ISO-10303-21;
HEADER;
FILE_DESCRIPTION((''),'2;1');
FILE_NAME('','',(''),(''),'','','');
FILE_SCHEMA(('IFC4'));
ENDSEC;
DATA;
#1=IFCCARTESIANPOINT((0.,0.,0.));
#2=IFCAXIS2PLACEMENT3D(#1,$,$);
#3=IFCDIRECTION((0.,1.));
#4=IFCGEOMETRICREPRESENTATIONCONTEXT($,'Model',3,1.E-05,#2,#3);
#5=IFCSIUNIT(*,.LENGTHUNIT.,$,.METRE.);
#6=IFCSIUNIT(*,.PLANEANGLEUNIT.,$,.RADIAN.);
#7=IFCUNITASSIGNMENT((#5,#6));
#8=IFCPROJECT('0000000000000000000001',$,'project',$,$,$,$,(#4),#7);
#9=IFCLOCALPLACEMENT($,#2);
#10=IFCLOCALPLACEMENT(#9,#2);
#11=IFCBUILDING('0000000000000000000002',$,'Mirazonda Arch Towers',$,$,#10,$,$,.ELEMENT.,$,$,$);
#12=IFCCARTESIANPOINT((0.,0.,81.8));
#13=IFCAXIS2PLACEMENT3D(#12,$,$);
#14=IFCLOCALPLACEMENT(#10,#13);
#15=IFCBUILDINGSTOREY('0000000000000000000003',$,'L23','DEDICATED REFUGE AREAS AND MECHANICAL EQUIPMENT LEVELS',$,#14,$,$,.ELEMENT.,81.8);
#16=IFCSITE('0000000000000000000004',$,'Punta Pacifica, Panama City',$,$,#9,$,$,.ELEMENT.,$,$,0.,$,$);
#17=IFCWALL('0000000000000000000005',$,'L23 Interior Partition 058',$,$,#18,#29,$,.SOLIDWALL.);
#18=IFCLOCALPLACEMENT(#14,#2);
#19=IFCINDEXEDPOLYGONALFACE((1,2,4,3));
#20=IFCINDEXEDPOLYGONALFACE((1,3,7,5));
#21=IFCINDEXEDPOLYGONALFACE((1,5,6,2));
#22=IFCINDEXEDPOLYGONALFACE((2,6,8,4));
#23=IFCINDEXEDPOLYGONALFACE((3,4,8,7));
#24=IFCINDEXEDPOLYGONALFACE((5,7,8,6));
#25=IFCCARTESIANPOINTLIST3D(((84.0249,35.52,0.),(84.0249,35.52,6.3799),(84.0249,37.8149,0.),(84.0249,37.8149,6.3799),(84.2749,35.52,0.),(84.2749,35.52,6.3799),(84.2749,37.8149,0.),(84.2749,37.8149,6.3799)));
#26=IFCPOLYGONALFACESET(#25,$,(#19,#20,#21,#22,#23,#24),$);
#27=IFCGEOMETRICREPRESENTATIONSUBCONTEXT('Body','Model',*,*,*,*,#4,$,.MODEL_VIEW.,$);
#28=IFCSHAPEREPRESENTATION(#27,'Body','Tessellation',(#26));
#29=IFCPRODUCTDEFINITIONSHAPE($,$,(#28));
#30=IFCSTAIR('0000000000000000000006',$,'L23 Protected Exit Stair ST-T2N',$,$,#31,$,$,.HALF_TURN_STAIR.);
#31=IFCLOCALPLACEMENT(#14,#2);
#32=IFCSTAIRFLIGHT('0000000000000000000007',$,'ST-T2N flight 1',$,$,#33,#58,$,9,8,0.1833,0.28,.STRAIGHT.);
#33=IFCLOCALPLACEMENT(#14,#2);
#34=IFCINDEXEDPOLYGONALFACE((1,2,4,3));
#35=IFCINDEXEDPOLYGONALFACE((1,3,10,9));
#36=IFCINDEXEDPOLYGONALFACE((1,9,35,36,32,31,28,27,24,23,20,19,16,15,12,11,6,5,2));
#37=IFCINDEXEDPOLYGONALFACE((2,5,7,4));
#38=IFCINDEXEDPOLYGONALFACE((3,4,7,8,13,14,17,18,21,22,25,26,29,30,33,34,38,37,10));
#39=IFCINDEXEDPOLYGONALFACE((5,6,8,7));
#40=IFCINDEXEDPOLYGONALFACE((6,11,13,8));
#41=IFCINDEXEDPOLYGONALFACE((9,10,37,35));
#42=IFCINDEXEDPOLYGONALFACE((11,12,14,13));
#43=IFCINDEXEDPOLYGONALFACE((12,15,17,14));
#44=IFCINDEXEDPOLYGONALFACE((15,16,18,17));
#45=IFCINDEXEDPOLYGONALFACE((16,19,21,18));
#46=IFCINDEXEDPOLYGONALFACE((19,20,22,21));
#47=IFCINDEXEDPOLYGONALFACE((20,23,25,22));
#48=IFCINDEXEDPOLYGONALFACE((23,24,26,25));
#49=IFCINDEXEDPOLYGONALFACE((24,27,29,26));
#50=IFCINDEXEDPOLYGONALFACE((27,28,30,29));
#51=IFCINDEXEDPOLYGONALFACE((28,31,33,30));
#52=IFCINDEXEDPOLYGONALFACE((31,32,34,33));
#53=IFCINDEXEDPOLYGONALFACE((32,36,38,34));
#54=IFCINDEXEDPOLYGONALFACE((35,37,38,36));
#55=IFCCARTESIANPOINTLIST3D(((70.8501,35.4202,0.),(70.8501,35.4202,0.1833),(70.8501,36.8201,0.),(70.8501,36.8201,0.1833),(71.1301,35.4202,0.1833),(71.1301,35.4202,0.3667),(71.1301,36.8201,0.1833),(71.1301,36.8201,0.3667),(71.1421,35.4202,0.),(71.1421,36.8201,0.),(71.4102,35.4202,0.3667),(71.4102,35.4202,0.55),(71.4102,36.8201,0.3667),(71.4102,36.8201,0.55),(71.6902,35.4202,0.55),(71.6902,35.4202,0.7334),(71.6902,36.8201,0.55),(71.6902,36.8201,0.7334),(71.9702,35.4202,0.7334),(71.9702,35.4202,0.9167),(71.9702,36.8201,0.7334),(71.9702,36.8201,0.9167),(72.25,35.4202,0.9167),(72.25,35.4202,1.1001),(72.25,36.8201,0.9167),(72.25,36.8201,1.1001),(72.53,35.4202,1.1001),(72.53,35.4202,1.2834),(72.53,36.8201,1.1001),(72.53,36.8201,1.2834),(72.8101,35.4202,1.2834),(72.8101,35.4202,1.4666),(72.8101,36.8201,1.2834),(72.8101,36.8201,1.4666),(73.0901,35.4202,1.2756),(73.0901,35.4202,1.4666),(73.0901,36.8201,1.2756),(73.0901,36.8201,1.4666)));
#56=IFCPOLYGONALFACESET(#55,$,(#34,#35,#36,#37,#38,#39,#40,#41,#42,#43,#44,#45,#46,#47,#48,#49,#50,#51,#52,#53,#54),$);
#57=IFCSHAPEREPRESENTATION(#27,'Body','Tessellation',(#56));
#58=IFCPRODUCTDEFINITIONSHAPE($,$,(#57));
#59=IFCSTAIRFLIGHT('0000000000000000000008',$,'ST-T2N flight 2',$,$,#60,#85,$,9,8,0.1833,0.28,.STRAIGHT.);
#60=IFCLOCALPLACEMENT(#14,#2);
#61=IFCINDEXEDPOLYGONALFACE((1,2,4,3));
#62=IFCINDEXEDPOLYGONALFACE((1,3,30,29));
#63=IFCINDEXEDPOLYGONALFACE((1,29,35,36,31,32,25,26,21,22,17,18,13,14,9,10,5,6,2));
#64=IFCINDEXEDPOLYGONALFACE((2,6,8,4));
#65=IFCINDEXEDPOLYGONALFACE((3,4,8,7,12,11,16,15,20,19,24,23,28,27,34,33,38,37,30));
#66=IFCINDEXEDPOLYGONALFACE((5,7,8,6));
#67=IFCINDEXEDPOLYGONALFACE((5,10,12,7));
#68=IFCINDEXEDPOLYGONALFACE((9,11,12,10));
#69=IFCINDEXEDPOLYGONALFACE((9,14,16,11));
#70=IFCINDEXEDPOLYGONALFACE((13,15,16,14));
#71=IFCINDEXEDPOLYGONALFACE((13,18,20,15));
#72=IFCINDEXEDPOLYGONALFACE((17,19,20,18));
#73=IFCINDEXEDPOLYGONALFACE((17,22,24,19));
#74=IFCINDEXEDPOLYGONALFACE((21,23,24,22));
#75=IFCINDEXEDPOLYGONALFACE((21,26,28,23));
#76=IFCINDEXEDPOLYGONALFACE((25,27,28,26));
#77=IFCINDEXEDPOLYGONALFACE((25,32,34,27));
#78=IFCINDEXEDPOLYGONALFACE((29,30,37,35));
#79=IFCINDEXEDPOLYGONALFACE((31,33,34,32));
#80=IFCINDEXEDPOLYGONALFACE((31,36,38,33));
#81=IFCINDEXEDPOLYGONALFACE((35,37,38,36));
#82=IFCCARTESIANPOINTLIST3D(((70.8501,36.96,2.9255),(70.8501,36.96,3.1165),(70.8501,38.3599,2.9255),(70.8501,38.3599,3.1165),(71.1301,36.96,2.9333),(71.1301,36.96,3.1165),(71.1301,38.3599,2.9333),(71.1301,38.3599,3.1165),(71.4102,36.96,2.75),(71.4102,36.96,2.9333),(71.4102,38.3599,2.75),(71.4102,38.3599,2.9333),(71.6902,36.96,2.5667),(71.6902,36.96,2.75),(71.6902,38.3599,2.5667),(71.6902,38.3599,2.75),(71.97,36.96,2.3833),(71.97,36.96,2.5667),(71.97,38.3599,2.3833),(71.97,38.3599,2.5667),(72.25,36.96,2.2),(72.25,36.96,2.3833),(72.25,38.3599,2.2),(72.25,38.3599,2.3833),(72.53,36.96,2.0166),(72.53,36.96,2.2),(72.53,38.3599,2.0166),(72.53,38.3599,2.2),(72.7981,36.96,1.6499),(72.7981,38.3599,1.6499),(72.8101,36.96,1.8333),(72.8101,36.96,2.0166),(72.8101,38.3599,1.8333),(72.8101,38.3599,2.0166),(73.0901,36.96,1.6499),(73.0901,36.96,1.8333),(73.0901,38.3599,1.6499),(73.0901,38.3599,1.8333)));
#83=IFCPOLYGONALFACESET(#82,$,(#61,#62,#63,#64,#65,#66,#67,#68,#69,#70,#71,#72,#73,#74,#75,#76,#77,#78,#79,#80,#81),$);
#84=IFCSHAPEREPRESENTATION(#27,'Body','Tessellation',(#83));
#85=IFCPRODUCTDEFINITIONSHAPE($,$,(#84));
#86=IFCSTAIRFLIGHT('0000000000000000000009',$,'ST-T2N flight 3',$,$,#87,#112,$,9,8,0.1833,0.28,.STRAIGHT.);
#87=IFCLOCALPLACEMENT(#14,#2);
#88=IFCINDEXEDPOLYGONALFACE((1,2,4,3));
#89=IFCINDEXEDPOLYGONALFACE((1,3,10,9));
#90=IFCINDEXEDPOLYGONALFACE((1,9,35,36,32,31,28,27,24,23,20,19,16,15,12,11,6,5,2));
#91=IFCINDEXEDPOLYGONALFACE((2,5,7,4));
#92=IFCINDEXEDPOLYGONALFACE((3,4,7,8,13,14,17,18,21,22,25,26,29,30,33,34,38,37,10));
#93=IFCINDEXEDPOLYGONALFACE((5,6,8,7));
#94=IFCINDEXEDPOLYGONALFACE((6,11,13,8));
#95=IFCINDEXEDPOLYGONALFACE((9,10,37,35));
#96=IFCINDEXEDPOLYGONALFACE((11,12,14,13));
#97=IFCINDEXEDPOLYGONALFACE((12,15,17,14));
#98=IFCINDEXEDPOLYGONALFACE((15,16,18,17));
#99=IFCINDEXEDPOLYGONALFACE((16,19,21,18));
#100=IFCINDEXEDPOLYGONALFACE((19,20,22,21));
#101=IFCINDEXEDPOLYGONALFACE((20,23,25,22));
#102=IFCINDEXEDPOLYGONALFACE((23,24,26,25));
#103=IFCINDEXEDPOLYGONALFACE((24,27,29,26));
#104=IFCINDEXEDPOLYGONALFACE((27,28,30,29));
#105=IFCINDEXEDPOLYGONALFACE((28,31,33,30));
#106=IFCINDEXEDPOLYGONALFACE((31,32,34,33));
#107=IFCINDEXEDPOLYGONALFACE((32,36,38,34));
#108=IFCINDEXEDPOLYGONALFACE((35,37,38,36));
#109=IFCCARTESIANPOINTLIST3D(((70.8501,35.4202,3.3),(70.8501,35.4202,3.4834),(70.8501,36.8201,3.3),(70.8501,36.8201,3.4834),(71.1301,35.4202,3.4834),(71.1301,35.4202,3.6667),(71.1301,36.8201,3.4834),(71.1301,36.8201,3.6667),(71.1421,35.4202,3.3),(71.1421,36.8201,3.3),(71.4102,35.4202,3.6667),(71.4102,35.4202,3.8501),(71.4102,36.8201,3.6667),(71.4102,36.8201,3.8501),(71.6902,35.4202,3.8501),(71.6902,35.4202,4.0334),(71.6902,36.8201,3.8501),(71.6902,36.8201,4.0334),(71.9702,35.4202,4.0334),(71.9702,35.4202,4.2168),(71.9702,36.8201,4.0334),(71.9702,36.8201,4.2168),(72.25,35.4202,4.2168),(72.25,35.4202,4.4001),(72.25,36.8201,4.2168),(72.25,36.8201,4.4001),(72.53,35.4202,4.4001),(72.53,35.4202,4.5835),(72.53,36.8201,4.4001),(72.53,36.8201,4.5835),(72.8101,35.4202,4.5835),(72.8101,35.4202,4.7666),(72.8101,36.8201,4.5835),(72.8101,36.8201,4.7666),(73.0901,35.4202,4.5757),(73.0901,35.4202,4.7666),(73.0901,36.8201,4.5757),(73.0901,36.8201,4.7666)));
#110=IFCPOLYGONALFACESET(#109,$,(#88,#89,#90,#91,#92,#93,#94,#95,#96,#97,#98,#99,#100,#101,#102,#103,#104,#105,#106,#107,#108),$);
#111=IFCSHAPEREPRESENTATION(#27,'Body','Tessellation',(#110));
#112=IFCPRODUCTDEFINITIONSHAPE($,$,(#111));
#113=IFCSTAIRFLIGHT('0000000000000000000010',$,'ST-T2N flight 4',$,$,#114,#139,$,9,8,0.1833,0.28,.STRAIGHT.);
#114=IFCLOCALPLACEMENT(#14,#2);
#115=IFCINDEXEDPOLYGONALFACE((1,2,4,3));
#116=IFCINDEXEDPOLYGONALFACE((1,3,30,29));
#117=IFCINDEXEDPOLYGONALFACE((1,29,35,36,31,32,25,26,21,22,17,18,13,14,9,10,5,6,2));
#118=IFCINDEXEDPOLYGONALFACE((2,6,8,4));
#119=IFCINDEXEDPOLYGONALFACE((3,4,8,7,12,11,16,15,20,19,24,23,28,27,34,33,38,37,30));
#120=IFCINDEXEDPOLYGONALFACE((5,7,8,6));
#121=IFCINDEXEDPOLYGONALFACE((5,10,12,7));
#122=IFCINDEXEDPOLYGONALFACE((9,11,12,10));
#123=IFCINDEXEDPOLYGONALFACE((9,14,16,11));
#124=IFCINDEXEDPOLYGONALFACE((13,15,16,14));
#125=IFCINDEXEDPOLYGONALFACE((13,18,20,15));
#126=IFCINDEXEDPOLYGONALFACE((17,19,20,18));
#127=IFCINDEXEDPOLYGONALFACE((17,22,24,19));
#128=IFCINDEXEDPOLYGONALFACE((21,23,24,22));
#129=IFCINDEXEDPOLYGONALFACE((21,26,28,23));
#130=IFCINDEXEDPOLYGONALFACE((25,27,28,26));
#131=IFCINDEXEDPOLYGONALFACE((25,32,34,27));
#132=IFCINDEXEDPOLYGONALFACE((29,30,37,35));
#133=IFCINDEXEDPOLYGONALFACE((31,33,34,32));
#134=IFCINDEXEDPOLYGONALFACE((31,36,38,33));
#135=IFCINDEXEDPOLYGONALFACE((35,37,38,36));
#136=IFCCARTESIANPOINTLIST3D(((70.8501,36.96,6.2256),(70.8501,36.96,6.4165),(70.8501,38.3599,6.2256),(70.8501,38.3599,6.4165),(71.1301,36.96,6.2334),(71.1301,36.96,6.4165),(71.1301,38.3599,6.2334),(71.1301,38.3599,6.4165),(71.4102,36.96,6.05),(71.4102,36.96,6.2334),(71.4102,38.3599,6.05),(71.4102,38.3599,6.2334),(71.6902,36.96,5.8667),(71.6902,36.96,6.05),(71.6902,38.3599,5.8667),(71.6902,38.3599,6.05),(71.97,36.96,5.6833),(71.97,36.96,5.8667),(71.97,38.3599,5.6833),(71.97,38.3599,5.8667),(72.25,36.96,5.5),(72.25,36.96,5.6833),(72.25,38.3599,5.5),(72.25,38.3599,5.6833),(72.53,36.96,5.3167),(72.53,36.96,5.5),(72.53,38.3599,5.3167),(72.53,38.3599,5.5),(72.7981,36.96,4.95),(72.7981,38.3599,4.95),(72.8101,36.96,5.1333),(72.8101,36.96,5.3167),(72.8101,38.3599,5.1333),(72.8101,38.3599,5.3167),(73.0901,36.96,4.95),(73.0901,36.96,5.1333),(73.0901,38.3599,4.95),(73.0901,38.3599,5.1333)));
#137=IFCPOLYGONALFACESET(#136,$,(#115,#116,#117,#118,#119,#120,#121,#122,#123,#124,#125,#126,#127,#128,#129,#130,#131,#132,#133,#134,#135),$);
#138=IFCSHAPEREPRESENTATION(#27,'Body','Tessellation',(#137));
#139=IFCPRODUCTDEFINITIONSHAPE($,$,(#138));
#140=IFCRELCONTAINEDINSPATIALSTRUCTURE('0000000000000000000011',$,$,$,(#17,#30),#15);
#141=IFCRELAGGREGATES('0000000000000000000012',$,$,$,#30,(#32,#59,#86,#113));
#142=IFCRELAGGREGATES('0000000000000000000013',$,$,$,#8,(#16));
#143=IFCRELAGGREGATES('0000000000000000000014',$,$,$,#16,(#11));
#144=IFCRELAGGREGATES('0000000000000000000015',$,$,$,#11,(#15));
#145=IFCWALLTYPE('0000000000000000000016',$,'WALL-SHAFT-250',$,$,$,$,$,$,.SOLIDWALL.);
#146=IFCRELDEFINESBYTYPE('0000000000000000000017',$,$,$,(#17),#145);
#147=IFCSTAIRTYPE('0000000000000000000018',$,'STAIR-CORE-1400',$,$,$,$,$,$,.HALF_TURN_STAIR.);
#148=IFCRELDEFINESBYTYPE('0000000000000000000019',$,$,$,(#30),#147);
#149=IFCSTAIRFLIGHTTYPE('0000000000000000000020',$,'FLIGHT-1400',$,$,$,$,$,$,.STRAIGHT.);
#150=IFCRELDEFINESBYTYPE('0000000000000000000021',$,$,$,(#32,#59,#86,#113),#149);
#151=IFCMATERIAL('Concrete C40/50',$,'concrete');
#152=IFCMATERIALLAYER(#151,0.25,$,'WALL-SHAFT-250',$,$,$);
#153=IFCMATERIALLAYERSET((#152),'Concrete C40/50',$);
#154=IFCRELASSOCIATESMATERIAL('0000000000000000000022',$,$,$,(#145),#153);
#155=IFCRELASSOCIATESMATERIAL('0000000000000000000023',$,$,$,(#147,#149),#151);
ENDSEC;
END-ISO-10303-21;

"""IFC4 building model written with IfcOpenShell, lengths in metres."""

from ifc_helpers import new_model, si_unit, direction, frame, frame_2d, origin, place, context, subcontext, project, spatial, polyline, rectangle, outline, extrude, material, layer, layer_set, type_object, element, aggregate, save


model = new_model("IFC4")

# Units and contexts
model_context = context("Model", 3, precision=1e-05, world=origin(), true_north=direction((0.0, 1.0)))
body_context = subcontext(model_context, "Body", "Model", "MODEL_VIEW")
ifc_project = project(units=[si_unit("LENGTHUNIT", "METRE"), si_unit("PLANEANGLEUNIT", "RADIAN")], contexts=[model_context])

# Site, building, storey
site_placement = place(None, origin())
site = spatial("IfcSite", under=ifc_project, at=site_placement, Name="Punta Pacifica, Panama City", CompositionType="ELEMENT", RefElevation=0.0)
building_placement = place(site_placement, origin())
building = spatial("IfcBuilding", under=site, at=building_placement, Name="Mirazonda Arch Towers", CompositionType="ELEMENT")
storey_placement = place(building_placement, frame((0.0, 0.0, 81.8)))
storey = spatial("IfcBuildingStorey", under=building, at=storey_placement, Name="L23", Description="DEDICATED REFUGE AREAS AND MECHANICAL EQUIPMENT LEVELS", CompositionType="ELEMENT", Elevation=81.8)

# Shared definitions
ifc_material_1 = material(Name="Concrete C40/50", Category="concrete")

# Wall
ifc_layer_1 = layer(ifc_material_1, 0.25, Name="WALL-SHAFT-250")
ifc_layer_set_1 = layer_set([ifc_layer_1], Name="Concrete C40/50")
wall_type_1 = type_object("IfcWallType", Name="WALL-SHAFT-250", PredefinedType="SOLIDWALL", material=ifc_layer_set_1)
for number, where, z_axis, x_axis, name in (
    (1, (84.1499, 35.52, 0.0), (0.0, 0.0, 1.0), (0.0, 1.0, 0.0), "L23 Interior Partition 058"),
):
    element("IfcWall", number, at=place(storey_placement, frame(where, z_axis=z_axis, x_axis=x_axis)), inside=storey, type_object=wall_type_1, Name=name, PredefinedType="SOLIDWALL", context=body_context, shape_type="SweptSolid", body=[
        extrude(rectangle(XDim=2.2949, YDim=0.25, at=frame_2d((1.1475, 0.0))), origin(), (0.0, 0.0, 1.0), 6.3799),
    ])

# Stair, stair flights
stair_type = type_object("IfcStairType", Name="STAIR-CORE-1400", PredefinedType="HALF_TURN_STAIR", material=ifc_material_1)
stair_placement = place(storey_placement, origin())
stair = element("IfcStair", 2, at=stair_placement, inside=storey, type_object=stair_type, Name="L23 Protected Exit Stair ST-T2N", PredefinedType="HALF_TURN_STAIR")
stair_flight_type = type_object("IfcStairFlightType", Name="FLIGHT-1400", PredefinedType="STRAIGHT", material=ifc_material_1)
stair_flight_1_placement = place(storey_placement, frame((70.8501, 36.1201, 0.0), z_axis=(0.0, 0.0, 1.0), x_axis=(1.0, 0.0, 0.0)))
stair_flight_1 = element("IfcStairFlight", 3, at=stair_flight_1_placement, type_object=stair_flight_type, Name="ST-T2N flight 1", NumberOfRisers=9, NumberOfTreads=8, PredefinedType="STRAIGHT", RiserHeight=0.1833, TreadLength=0.28, context=body_context, shape_type="SweptSolid", body=[
    extrude(outline(polyline([(0.0, 0.0), (0.0, 0.1833), (0.28, 0.1833), (0.28, 0.3667), (0.5601, 0.3667), (0.5601, 0.55), (0.8401, 0.55), (0.8401, 0.7334), (1.1201, 0.7334), (1.1201, 0.9167), (1.3999, 0.9167), (1.3999, 1.1001), (1.6799, 1.1001), (1.6799, 1.2834), (1.96, 1.2834), (1.96, 1.4666), (2.24, 1.4666), (2.24, 1.6499), (2.24, 1.2756), (0.292, 0.0), (0.0, 0.0)])), frame((0.0, 0.7, 0.0), z_axis=(0.0, -1.0, 0.0), x_axis=(1.0, 0.0, 0.0)), (0.0, 0.0, 1.0), 1.3999),
])
stair_flight_2_placement = place(storey_placement, frame((73.0901, 37.6599, 1.6499), z_axis=(0.0, 0.0, 1.0), x_axis=(-1.0, 0.0, 0.0)))
stair_flight_2 = element("IfcStairFlight", 4, at=stair_flight_2_placement, type_object=stair_flight_type, Name="ST-T2N flight 2", NumberOfRisers=9, NumberOfTreads=8, PredefinedType="STRAIGHT", RiserHeight=0.1833, TreadLength=0.28, context=body_context, shape_type="SweptSolid", body=[
    extrude(outline(polyline([(0.0, 0.0), (0.0, 0.1833), (0.28, 0.1833), (0.28, 0.3667), (0.5601, 0.3667), (0.5601, 0.55), (0.8401, 0.55), (0.8401, 0.7334), (1.1201, 0.7334), (1.1201, 0.9167), (1.3999, 0.9167), (1.3999, 1.1001), (1.6799, 1.1001), (1.6799, 1.2834), (1.96, 1.2834), (1.96, 1.4666), (2.24, 1.4666), (2.24, 1.6499), (2.24, 1.2756), (0.292, 0.0), (0.0, 0.0)])), frame((0.0, 0.7, 0.0), z_axis=(0.0, -1.0, 0.0), x_axis=(1.0, 0.0, 0.0)), (0.0, 0.0, 1.0), 1.3999),
])
stair_flight_3_placement = place(storey_placement, frame((70.8501, 36.1201, 3.3), z_axis=(0.0, 0.0, 1.0), x_axis=(1.0, 0.0, 0.0)))
stair_flight_3 = element("IfcStairFlight", 5, at=stair_flight_3_placement, type_object=stair_flight_type, Name="ST-T2N flight 3", NumberOfRisers=9, NumberOfTreads=8, PredefinedType="STRAIGHT", RiserHeight=0.1833, TreadLength=0.28, context=body_context, shape_type="SweptSolid", body=[
    extrude(outline(polyline([(0.0, 0.0), (0.0, 0.1833), (0.28, 0.1833), (0.28, 0.3667), (0.5601, 0.3667), (0.5601, 0.55), (0.8401, 0.55), (0.8401, 0.7334), (1.1201, 0.7334), (1.1201, 0.9167), (1.3999, 0.9167), (1.3999, 1.1001), (1.6799, 1.1001), (1.6799, 1.2834), (1.96, 1.2834), (1.96, 1.4666), (2.24, 1.4666), (2.24, 1.6499), (2.24, 1.2756), (0.292, 0.0), (0.0, 0.0)])), frame((0.0, 0.7, 0.0), z_axis=(0.0, -1.0, 0.0), x_axis=(1.0, 0.0, 0.0)), (0.0, 0.0, 1.0), 1.3999),
])
stair_flight_4_placement = place(storey_placement, frame((73.0901, 37.6599, 4.95), z_axis=(0.0, 0.0, 1.0), x_axis=(-1.0, 0.0, 0.0)))
stair_flight_4 = element("IfcStairFlight", 6, at=stair_flight_4_placement, type_object=stair_flight_type, Name="ST-T2N flight 4", NumberOfRisers=9, NumberOfTreads=8, PredefinedType="STRAIGHT", RiserHeight=0.1833, TreadLength=0.28, context=body_context, shape_type="SweptSolid", body=[
    extrude(outline(polyline([(0.0, 0.0), (0.0, 0.1833), (0.28, 0.1833), (0.28, 0.3667), (0.5601, 0.3667), (0.5601, 0.55), (0.8401, 0.55), (0.8401, 0.7334), (1.1201, 0.7334), (1.1201, 0.9167), (1.3999, 0.9167), (1.3999, 1.1001), (1.6799, 1.1001), (1.6799, 1.2834), (1.96, 1.2834), (1.96, 1.4666), (2.24, 1.4666), (2.24, 1.6499), (2.24, 1.2756), (0.292, 0.0), (0.0, 0.0)])), frame((0.0, 0.7, 0.0), z_axis=(0.0, -1.0, 0.0), x_axis=(1.0, 0.0, 0.0)), (0.0, 0.0, 1.0), 1.3999),
])
aggregate(stair, [stair_flight_1, stair_flight_2, stair_flight_3, stair_flight_4])

save(model, "model.ifc")
